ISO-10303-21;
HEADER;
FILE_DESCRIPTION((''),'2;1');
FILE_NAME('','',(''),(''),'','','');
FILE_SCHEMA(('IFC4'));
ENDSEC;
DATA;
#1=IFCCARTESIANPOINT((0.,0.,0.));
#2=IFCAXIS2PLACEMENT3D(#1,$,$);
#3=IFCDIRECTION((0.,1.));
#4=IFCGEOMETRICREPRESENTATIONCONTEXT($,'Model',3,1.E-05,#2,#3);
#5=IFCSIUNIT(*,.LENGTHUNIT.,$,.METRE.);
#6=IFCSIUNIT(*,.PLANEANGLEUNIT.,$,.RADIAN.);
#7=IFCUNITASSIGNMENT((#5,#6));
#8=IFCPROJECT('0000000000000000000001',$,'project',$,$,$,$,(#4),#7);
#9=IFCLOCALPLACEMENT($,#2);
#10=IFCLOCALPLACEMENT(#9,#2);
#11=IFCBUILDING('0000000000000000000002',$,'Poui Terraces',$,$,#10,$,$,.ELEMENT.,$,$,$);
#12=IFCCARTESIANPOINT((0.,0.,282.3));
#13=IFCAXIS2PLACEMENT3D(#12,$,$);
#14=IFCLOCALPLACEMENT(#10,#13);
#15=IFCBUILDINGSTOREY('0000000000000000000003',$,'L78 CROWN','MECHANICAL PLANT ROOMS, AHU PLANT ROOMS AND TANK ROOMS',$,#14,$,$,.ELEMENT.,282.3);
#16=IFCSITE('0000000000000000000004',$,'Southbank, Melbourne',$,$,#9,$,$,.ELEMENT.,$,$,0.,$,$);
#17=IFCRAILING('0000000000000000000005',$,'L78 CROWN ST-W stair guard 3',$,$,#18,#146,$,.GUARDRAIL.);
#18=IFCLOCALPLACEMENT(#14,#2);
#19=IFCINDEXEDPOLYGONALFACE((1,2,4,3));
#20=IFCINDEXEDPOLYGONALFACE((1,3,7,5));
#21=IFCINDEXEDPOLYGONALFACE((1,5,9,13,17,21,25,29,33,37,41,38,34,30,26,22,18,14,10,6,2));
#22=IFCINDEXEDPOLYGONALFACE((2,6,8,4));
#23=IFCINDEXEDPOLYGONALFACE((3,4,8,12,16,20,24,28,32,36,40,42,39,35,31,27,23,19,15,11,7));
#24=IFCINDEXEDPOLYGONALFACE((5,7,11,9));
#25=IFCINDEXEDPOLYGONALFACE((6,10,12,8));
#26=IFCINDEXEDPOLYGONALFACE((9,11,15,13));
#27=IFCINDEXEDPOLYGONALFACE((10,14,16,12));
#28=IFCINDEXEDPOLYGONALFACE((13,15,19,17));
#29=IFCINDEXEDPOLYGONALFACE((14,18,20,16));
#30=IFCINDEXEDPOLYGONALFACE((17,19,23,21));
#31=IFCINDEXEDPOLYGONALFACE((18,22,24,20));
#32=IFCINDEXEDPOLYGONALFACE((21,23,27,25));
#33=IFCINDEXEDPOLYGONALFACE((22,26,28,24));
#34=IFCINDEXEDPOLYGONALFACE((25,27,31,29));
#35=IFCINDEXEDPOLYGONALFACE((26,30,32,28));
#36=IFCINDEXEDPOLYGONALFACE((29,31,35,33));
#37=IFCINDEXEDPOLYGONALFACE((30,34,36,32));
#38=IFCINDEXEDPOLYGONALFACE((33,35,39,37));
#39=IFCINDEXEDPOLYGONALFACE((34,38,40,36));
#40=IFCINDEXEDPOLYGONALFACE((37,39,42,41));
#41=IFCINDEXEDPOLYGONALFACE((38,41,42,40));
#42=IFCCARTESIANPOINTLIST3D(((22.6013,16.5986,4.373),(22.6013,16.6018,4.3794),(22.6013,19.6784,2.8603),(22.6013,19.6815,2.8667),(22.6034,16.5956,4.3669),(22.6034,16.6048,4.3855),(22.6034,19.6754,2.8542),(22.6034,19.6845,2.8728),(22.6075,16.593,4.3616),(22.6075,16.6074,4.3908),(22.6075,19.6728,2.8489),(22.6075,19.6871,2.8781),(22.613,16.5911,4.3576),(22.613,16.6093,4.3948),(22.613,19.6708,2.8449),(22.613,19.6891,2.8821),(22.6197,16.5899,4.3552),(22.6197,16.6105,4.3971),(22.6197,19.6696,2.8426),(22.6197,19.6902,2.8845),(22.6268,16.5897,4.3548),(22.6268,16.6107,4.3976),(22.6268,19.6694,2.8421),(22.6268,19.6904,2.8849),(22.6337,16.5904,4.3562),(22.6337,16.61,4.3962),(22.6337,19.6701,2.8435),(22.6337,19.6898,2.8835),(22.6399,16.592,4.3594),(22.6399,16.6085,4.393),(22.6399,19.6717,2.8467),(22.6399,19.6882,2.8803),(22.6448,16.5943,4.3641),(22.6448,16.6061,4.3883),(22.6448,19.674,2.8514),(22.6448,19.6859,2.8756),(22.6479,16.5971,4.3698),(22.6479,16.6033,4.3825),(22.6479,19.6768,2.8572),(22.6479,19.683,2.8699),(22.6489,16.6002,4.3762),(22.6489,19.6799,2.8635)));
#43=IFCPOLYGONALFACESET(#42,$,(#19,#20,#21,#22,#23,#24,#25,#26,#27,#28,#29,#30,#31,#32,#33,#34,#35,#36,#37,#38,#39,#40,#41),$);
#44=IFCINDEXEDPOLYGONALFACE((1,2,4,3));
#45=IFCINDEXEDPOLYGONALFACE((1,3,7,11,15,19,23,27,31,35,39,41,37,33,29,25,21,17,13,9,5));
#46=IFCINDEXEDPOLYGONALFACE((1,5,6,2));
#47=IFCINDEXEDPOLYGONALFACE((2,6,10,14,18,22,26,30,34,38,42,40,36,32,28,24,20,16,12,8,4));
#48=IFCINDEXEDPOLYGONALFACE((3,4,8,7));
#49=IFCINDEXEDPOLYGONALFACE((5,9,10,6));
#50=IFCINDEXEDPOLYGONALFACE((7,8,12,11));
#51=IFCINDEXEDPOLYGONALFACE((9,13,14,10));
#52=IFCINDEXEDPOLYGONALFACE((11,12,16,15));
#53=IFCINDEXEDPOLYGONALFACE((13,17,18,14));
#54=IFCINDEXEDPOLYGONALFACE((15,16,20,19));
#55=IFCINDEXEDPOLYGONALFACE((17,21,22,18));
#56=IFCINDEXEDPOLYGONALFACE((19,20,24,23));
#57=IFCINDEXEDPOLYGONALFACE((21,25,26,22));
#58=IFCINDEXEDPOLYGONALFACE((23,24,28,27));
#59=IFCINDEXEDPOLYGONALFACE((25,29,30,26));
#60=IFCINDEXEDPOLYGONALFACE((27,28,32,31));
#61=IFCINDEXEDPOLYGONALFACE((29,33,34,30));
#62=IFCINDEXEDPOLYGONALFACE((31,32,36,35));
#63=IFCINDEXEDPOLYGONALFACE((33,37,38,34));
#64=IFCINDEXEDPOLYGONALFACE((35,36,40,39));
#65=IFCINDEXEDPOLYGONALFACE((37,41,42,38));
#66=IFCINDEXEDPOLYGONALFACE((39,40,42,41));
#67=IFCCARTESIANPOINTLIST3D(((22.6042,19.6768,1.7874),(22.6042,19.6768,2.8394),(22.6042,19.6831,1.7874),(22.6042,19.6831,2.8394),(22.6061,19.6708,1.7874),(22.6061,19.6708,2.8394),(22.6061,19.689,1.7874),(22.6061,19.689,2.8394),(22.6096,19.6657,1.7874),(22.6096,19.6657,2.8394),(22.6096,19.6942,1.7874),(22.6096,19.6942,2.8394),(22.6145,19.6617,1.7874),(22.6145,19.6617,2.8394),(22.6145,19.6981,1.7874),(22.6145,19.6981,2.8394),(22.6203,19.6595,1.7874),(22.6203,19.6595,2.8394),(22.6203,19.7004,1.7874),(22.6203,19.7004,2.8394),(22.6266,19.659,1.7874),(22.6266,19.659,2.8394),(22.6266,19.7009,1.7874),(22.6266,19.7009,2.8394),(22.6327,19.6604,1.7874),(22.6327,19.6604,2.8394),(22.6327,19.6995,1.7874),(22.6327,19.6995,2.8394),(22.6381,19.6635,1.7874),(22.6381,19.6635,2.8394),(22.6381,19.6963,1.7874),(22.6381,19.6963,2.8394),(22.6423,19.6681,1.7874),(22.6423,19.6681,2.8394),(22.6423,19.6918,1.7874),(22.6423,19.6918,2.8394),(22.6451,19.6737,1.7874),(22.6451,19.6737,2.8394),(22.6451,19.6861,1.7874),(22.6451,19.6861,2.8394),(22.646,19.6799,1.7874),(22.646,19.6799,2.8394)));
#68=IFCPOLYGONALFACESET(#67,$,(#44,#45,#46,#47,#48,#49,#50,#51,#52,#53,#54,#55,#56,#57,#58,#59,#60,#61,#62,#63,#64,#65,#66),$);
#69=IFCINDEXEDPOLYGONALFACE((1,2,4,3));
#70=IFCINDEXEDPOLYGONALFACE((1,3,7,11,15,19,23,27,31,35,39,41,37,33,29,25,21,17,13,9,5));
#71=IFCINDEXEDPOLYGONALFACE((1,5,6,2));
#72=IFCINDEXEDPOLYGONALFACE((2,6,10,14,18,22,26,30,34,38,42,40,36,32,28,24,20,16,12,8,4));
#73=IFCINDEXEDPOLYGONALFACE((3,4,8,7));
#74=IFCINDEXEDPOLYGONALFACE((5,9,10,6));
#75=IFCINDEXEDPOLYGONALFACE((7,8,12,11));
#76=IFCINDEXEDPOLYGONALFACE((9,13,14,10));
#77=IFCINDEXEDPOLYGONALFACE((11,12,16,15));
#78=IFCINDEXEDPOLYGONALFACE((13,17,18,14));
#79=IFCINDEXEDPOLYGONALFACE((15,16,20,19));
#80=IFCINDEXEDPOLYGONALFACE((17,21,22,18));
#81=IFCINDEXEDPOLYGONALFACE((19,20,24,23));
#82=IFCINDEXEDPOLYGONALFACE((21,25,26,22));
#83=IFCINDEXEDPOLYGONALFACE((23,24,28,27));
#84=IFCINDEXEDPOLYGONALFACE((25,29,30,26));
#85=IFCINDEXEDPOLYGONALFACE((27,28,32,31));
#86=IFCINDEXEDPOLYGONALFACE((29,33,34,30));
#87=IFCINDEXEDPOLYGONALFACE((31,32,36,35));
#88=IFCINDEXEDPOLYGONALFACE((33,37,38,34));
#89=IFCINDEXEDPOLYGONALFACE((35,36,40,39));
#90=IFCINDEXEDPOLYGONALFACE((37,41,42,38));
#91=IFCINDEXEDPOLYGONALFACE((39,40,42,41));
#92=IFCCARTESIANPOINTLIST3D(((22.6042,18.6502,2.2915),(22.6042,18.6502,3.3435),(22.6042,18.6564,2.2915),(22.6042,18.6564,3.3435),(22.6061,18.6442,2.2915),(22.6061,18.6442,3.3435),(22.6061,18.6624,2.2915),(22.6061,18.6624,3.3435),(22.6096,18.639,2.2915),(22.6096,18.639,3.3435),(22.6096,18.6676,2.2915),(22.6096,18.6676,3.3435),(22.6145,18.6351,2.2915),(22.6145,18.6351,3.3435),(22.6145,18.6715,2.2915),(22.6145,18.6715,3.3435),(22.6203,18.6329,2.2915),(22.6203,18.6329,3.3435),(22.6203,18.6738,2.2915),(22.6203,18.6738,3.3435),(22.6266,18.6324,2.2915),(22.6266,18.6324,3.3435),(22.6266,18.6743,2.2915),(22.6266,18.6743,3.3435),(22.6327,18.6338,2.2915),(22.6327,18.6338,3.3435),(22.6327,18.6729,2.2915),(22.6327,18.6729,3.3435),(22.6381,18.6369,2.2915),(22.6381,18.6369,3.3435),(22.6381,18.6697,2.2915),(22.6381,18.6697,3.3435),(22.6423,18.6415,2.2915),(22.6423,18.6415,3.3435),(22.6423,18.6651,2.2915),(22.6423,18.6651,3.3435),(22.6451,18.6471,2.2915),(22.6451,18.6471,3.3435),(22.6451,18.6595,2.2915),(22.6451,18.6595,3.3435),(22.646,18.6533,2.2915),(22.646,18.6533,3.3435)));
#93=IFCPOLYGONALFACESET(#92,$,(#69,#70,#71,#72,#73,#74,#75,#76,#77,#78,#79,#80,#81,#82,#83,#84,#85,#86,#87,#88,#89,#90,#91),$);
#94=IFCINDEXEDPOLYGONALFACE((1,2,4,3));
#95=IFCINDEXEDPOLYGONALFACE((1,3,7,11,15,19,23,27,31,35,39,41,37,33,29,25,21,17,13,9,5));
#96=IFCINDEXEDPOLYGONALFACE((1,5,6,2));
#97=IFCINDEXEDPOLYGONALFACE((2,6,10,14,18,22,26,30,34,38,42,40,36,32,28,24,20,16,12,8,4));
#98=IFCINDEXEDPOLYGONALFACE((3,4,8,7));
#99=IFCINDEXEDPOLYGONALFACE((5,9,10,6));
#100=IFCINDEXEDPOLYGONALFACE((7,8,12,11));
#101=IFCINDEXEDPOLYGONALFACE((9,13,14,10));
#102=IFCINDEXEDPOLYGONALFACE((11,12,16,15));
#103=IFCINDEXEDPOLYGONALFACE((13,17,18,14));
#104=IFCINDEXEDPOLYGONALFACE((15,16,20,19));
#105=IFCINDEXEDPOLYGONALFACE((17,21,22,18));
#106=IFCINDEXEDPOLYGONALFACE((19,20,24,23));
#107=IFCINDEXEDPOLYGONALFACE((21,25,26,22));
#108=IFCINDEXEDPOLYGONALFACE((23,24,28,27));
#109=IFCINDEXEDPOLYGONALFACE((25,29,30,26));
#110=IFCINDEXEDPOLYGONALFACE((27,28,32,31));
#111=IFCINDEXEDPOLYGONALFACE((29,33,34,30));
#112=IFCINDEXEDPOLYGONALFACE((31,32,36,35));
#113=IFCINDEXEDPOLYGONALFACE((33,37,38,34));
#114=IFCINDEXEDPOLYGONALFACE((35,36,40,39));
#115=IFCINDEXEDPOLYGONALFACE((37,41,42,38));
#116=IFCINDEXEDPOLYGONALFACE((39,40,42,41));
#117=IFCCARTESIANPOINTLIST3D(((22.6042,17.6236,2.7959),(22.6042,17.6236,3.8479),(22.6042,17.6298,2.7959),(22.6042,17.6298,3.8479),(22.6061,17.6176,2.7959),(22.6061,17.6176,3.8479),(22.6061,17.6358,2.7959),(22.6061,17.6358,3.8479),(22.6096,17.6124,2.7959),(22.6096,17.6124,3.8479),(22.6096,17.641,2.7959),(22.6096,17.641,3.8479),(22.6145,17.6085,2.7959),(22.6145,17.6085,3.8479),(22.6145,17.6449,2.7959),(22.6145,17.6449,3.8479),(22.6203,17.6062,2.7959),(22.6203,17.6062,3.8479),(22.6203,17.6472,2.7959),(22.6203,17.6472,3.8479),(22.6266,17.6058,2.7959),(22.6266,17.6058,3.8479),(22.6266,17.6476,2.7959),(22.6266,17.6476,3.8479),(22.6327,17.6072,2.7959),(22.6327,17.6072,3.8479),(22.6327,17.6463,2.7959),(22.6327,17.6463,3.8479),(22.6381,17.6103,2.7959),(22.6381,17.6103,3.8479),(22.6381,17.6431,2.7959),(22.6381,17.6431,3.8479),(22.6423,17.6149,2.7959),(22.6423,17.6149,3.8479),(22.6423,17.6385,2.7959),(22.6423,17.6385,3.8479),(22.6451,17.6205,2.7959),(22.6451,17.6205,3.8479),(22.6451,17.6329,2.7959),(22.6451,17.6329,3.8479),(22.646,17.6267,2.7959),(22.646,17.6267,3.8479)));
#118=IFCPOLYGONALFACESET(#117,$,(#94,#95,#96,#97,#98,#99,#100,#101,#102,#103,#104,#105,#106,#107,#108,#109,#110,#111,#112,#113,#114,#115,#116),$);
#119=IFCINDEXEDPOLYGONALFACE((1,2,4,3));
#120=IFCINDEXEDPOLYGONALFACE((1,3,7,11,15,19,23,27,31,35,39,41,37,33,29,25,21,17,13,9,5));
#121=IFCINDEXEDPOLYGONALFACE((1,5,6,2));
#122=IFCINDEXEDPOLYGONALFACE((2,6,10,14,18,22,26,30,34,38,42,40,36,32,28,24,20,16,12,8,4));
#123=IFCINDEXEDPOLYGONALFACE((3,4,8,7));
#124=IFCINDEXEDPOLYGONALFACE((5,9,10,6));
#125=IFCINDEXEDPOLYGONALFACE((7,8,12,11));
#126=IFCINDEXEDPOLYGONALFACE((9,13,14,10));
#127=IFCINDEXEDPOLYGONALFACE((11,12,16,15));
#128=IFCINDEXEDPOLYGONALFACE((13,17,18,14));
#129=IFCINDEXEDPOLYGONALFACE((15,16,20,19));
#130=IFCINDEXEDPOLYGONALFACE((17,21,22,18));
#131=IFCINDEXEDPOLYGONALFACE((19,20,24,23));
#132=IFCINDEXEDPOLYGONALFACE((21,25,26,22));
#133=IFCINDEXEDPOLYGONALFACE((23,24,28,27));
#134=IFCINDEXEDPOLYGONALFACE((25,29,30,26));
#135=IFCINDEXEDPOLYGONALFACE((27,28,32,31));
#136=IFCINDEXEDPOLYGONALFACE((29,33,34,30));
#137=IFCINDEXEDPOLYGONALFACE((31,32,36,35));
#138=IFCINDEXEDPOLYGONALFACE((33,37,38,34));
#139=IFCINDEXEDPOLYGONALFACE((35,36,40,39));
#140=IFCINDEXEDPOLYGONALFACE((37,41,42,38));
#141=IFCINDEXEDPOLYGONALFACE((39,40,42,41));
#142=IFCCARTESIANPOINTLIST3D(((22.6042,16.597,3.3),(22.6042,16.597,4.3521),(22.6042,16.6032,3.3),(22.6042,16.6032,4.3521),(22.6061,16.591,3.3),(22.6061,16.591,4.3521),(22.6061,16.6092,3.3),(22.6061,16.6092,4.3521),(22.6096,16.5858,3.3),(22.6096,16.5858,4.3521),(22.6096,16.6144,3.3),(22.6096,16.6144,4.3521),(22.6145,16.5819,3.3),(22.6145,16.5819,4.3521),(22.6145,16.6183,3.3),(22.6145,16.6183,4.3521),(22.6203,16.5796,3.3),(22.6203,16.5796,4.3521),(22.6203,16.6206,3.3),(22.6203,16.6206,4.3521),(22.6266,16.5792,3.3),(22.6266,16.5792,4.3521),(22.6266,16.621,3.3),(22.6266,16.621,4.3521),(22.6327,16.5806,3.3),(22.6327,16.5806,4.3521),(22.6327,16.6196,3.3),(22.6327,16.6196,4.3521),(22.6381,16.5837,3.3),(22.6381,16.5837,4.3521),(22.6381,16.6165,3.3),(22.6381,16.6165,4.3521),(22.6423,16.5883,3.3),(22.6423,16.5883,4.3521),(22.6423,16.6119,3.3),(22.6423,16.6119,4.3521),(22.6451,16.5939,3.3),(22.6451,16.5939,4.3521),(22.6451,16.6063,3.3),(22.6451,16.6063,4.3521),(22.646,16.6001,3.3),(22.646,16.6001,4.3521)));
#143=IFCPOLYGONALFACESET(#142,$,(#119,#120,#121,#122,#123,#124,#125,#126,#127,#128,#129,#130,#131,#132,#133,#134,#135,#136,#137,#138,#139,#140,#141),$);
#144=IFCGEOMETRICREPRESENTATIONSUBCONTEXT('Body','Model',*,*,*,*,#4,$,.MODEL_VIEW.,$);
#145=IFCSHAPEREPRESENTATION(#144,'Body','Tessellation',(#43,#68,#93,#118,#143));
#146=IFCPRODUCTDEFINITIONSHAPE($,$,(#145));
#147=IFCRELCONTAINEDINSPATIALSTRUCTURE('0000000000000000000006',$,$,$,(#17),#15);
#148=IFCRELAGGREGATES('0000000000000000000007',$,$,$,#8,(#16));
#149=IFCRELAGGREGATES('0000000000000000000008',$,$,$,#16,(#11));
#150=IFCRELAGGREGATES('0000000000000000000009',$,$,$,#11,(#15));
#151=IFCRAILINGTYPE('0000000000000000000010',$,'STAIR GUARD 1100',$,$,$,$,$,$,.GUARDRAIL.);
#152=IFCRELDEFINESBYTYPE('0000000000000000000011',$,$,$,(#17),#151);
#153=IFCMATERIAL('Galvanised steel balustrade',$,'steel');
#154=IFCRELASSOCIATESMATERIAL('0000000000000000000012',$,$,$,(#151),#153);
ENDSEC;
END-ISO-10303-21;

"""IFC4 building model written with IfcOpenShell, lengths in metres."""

from ifc_helpers import new_model, si_unit, direction, frame, origin, origin_2d, place, context, subcontext, project, spatial, circle, extrude, material, type_object, element, save


model = new_model("IFC4")

# Units and contexts
model_context = context("Model", 3, precision=1e-05, world=origin(), true_north=direction((0.0, 1.0)))
body_context = subcontext(model_context, "Body", "Model", "MODEL_VIEW")
ifc_project = project(units=[si_unit("LENGTHUNIT", "METRE"), si_unit("PLANEANGLEUNIT", "RADIAN")], contexts=[model_context])

# Site, building, storey
site_placement = place(None, origin())
site = spatial("IfcSite", under=ifc_project, at=site_placement, Name="Southbank, Melbourne", CompositionType="ELEMENT", RefElevation=0.0)
building_placement = place(site_placement, origin())
building = spatial("IfcBuilding", under=site, at=building_placement, Name="Poui Terraces", CompositionType="ELEMENT")
storey_placement = place(building_placement, frame((0.0, 0.0, 282.3)))
storey = spatial("IfcBuildingStorey", under=building, at=storey_placement, Name="L78 CROWN", Description="MECHANICAL PLANT ROOMS, AHU PLANT ROOMS AND TANK ROOMS", CompositionType="ELEMENT", Elevation=282.3)

# Railing
ifc_material_1 = material(Name="Galvanised steel balustrade", Category="steel")
railing_type_1 = type_object("IfcRailingType", Name="STAIR GUARD 1100", PredefinedType="GUARDRAIL", material=ifc_material_1)
railing_1_placement = place(storey_placement, frame((22.625, 19.6799, 1.7874)))
element("IfcRailing", 1, at=railing_1_placement, inside=storey, type_object=railing_type_1, Name="L78 CROWN ST-W stair guard 3", PredefinedType="GUARDRAIL", context=body_context, shape_type="SweptSolid", body=[
    extrude(circle(Radius=0.0239, at=origin_2d()), frame((0.0, 0.0, 1.0762), z_axis=(0.0, -0.897578, 0.440856), x_axis=(1.0, 0.0, 0.0)), (0.0, 0.0, 1.0), 3.4312),
    extrude(circle(Radius=0.021, at=origin_2d()), origin(), (0.0, 0.0, 1.0), 1.052),
    extrude(circle(Radius=0.021, at=origin_2d()), frame((0.0, -1.0266, 0.5042)), (0.0, 0.0, 1.0), 1.052),
    extrude(circle(Radius=0.021, at=origin_2d()), frame((0.0, -2.0532, 1.0085)), (0.0, 0.0, 1.0), 1.052),
    extrude(circle(Radius=0.021, at=origin_2d()), frame((0.0, -3.0798, 1.5127)), (0.0, 0.0, 1.0), 1.052),
])

save(model, "model.ifc")
